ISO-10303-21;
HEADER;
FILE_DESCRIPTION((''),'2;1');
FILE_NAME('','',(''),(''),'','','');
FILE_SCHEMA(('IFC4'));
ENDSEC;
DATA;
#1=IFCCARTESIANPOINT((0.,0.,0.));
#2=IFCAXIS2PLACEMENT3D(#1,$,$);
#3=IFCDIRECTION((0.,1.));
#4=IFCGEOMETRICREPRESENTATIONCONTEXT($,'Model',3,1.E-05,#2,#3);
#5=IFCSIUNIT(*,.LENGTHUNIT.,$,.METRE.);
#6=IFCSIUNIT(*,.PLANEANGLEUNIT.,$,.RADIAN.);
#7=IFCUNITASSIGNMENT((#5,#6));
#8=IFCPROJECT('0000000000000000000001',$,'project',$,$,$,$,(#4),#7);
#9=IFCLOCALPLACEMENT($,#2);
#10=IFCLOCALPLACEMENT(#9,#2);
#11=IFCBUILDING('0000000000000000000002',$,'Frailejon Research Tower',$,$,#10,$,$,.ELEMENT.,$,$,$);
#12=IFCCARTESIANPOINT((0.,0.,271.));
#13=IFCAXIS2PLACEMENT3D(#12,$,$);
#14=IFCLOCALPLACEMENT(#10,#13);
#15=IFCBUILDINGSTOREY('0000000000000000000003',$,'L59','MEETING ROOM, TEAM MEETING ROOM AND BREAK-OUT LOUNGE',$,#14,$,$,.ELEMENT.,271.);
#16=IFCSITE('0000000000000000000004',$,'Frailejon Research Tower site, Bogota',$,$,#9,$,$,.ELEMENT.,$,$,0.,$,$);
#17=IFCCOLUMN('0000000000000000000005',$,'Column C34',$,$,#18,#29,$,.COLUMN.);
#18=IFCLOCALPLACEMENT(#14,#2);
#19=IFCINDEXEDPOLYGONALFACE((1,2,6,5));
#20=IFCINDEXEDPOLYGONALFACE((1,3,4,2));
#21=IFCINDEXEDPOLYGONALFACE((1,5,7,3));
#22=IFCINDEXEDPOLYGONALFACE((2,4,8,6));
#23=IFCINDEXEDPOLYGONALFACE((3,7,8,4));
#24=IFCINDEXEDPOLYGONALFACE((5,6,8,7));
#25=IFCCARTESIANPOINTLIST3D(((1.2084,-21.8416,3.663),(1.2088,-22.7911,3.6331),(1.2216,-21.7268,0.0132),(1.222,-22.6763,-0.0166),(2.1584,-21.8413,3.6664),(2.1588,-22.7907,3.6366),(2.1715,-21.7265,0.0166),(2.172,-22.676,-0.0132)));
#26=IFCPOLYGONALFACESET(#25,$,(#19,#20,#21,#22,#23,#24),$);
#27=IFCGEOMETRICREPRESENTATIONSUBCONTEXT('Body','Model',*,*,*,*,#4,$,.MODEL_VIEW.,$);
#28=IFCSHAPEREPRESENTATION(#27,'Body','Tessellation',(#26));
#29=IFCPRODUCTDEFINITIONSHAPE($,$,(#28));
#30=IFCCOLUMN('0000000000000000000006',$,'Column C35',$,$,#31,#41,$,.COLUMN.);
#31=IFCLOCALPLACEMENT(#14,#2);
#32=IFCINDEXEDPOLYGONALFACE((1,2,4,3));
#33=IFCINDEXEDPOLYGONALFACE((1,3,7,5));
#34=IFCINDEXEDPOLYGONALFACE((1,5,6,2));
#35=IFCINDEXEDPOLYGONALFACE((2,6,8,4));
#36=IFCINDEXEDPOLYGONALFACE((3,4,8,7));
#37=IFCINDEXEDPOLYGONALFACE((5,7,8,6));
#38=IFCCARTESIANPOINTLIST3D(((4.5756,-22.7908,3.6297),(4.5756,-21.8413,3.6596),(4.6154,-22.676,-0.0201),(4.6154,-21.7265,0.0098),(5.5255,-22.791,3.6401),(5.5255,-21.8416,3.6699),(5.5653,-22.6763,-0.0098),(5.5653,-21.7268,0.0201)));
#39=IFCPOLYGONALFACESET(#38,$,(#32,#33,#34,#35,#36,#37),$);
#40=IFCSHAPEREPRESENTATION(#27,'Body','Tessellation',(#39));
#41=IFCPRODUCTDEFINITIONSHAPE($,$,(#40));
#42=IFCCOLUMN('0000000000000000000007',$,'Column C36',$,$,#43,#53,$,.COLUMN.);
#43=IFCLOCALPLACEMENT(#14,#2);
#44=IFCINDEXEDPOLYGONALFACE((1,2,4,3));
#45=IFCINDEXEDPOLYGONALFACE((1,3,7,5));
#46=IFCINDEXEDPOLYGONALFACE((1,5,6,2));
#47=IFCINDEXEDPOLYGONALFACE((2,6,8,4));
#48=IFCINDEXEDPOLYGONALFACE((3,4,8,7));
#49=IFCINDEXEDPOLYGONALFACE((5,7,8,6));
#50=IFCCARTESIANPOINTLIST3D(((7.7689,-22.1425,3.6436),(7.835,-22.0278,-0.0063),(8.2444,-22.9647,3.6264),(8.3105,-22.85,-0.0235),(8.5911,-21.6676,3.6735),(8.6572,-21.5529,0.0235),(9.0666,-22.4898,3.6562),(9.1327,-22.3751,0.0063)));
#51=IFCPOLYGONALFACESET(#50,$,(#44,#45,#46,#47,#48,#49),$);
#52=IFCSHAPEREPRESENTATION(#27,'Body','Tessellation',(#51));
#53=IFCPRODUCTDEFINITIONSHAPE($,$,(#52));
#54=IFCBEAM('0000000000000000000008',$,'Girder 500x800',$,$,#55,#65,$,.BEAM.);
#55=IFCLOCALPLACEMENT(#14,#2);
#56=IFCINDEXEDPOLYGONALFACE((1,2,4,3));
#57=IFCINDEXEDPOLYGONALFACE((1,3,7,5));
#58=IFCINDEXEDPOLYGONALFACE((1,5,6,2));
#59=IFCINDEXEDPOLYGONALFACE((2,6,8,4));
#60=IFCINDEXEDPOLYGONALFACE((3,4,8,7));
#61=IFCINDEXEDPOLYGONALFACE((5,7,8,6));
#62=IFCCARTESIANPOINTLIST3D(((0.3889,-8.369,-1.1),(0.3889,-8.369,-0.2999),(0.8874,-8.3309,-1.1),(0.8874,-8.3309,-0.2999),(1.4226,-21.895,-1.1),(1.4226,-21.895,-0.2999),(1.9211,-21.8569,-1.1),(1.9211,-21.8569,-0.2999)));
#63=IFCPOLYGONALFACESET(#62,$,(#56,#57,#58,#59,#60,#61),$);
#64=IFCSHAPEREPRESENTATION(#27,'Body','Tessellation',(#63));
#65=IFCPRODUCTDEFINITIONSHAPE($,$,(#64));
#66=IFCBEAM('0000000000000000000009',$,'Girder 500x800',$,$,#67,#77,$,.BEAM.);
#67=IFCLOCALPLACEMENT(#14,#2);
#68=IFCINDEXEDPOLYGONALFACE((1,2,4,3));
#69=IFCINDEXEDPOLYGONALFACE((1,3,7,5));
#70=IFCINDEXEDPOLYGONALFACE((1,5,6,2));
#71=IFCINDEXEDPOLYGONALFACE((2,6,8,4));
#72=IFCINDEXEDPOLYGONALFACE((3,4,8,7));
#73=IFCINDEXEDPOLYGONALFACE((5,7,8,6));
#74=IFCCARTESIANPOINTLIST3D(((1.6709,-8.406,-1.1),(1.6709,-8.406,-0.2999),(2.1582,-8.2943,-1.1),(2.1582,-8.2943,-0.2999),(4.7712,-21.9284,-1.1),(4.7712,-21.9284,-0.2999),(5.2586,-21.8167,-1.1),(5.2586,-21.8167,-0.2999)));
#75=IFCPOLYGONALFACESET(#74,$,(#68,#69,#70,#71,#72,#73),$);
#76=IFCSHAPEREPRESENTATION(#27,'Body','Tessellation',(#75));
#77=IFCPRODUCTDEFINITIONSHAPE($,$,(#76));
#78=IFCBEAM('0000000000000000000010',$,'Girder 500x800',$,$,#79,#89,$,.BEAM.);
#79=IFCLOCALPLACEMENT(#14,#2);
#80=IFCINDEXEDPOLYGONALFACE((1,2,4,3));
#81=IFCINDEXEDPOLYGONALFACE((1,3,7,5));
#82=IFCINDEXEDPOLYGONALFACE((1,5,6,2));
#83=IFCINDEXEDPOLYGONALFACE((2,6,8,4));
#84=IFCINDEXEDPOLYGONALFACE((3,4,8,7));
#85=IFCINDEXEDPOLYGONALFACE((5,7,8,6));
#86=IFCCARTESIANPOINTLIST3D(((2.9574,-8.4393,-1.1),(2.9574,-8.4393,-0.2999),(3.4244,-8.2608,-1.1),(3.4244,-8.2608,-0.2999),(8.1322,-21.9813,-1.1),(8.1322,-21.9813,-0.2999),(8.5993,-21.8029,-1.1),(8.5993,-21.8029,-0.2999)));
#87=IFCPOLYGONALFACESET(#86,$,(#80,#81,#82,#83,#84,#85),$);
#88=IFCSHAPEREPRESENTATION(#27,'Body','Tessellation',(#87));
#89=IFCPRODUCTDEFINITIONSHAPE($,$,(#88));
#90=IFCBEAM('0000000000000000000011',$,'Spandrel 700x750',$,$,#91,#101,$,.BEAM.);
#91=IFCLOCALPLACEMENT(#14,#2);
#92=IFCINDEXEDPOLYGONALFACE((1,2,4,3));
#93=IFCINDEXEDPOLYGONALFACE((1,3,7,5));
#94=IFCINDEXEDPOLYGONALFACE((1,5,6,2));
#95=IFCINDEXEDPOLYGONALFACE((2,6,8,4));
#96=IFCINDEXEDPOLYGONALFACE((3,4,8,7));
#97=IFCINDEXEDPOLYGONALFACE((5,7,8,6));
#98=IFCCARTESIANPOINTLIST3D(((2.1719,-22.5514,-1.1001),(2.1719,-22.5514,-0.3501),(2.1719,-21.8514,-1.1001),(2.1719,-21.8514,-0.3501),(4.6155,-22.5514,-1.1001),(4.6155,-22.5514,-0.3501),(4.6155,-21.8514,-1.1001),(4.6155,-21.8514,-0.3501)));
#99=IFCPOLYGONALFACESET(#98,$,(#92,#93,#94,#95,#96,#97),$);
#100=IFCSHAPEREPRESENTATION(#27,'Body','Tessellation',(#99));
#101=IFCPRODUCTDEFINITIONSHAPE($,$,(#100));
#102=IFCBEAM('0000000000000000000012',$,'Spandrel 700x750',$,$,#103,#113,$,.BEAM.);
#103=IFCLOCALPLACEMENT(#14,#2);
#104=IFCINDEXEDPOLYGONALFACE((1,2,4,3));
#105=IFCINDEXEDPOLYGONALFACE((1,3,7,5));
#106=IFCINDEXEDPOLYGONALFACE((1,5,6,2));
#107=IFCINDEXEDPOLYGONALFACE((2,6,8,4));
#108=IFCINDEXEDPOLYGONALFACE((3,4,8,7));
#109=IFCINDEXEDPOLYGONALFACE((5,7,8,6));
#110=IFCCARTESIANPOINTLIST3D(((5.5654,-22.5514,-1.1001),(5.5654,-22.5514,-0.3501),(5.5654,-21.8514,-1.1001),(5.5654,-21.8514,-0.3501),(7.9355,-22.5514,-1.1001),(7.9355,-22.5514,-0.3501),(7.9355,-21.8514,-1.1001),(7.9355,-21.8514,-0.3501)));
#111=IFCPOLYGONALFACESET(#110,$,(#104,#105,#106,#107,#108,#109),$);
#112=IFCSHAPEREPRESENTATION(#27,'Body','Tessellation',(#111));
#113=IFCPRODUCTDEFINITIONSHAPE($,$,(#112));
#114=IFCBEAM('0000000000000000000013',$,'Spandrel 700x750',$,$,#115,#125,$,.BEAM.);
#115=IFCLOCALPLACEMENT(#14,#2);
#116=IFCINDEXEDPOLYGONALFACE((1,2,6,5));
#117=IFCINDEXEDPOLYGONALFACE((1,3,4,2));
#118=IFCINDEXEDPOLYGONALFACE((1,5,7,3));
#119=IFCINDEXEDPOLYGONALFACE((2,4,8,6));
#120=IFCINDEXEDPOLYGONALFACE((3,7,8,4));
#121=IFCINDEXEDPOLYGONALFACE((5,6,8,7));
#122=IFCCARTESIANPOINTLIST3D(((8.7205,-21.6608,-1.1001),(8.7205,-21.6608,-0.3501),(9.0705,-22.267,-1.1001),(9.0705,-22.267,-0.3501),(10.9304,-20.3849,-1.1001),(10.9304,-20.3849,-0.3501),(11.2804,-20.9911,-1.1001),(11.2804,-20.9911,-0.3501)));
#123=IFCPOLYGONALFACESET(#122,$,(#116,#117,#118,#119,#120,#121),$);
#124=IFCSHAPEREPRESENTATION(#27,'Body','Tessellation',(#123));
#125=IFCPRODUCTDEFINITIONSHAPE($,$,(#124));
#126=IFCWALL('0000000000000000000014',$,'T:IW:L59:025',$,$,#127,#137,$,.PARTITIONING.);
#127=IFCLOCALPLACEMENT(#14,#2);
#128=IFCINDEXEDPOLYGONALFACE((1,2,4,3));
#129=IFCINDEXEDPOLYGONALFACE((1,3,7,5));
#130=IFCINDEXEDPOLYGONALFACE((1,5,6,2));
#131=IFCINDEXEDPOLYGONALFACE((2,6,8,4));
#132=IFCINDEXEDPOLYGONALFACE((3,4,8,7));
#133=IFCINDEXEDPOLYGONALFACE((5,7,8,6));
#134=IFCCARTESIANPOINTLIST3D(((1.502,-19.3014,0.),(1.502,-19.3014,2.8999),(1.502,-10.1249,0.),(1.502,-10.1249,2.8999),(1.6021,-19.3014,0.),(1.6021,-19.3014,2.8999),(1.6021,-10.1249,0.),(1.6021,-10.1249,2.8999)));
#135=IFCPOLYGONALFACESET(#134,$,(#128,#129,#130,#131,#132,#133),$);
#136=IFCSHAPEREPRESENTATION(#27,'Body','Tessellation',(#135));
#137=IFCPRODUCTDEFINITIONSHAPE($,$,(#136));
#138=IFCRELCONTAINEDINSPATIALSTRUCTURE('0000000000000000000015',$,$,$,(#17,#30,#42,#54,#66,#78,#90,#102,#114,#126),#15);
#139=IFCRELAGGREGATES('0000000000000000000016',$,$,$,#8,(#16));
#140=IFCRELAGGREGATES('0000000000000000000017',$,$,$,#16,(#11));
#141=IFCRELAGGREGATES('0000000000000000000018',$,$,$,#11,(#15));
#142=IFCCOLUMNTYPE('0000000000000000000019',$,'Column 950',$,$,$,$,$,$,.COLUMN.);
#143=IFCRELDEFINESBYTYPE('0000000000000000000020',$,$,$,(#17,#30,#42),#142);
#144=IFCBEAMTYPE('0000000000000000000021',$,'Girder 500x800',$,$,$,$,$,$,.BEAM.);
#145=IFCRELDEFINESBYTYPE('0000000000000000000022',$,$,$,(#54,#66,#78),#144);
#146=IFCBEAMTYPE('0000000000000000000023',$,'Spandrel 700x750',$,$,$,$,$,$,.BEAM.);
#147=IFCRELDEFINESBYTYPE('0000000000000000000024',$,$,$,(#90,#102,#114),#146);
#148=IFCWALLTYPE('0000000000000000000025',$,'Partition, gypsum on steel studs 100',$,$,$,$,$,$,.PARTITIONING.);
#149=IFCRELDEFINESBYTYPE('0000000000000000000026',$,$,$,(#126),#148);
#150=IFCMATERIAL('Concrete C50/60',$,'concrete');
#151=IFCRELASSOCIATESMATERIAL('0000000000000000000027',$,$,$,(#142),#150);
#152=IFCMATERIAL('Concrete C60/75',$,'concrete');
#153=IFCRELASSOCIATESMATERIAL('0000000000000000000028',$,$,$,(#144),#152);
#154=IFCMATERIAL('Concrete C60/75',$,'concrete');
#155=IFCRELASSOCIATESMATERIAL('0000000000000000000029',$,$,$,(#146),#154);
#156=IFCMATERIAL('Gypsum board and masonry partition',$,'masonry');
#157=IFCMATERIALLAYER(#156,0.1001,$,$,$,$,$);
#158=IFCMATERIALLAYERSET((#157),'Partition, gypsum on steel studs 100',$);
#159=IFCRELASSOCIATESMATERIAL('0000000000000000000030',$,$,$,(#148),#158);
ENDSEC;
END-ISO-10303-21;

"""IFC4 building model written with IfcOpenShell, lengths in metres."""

from ifc_helpers import new_model, si_unit, direction, frame, frame_2d, origin, origin_2d, place, context, subcontext, project, spatial, rectangle, extrude, material, layer, layer_set, material_profile, profile_set, type_object, element, save


model = new_model("IFC4")

# Units and contexts
model_context = context("Model", 3, precision=1e-05, world=origin(), true_north=direction((0.0, 1.0)))
body_context = subcontext(model_context, "Body", "Model", "MODEL_VIEW")
ifc_project = project(units=[si_unit("LENGTHUNIT", "METRE"), si_unit("PLANEANGLEUNIT", "RADIAN")], contexts=[model_context])

# Site, building, storey
site_placement = place(None, origin())
site = spatial("IfcSite", under=ifc_project, at=site_placement, Name="Frailejon Research Tower site, Bogota", CompositionType="ELEMENT", RefElevation=0.0)
building_placement = place(site_placement, origin())
building = spatial("IfcBuilding", under=site, at=building_placement, Name="Frailejon Research Tower", CompositionType="ELEMENT")
storey_placement = place(building_placement, frame((0.0, 0.0, 271.0)))
storey = spatial("IfcBuildingStorey", under=building, at=storey_placement, Name="L59", Description="MEETING ROOM, TEAM MEETING ROOM AND BREAK-OUT LOUNGE", CompositionType="ELEMENT", Elevation=271.0)

# Columns
ifc_material_1 = material(Name="Concrete C50/60", Category="concrete")
ifc_material_profile_1 = material_profile(ifc_material_1, rectangle(XDim=0.95, YDim=0.95, at=origin_2d()), Name="Column 950")
ifc_profile_set_1 = profile_set([ifc_material_profile_1], Name="Concrete C50/60")
column_type = type_object("IfcColumnType", Name="Column 950", PredefinedType="COLUMN", material=ifc_profile_set_1)
column_1_placement = place(storey_placement, frame((1.6968, -22.2014, 0.0), z_axis=(-0.00361, -0.031422, 0.9995), x_axis=(0.999993, 0.000341, 0.003623)))
element("IfcColumn", 1, at=column_1_placement, inside=storey, type_object=column_type, Name="Column C34", PredefinedType="COLUMN", context=body_context, shape_type="SweptSolid", body=[
    extrude(rectangle(XDim=0.95, YDim=0.95, at=origin_2d()), origin(), (0.0, 0.0, 1.0), 3.6516),
])
column_2_placement = place(storey_placement, frame((5.0903, -22.2014, 0.0), z_axis=(-0.010897, -0.031421, 0.999447), x_axis=(0.999941, -0.000298, 0.010893)))
element("IfcColumn", 2, at=column_2_placement, inside=storey, type_object=column_type, Name="Column C35", PredefinedType="COLUMN", context=body_context, shape_type="SweptSolid", body=[
    extrude(rectangle(XDim=0.95, YDim=0.95, at=origin_2d()), origin(), (0.0, 0.0, 1.0), 3.6519),
])
column_3_placement = place(storey_placement, frame((8.4839, -22.2014, 0.0), z_axis=(-0.018115, -0.031417, 0.999342), x_axis=(0.86552, 0.499889, 0.031405)))
element("IfcColumn", 3, at=column_3_placement, inside=storey, type_object=column_type, Name="Column C36", PredefinedType="COLUMN", context=body_context, shape_type="SweptSolid", body=[
    extrude(rectangle(XDim=0.95, YDim=0.95, at=origin_2d()), origin(), (0.0, 0.0, 1.0), 3.6523),
])

# Beams
ifc_material_2 = material(Name="Concrete C60/75", Category="concrete")
ifc_material_profile_2 = material_profile(ifc_material_2, rectangle(XDim=0.5, YDim=0.8, at=origin_2d()), Name="Girder 500x800")
ifc_profile_set_2 = profile_set([ifc_material_profile_2], Name="Concrete C60/75")
beam_type_1 = type_object("IfcBeamType", Name="Girder 500x800", PredefinedType="BEAM", material=ifc_profile_set_2)
beam_1_placement = place(storey_placement, frame((1.6719, -21.876, -0.7), z_axis=(-0.076201, 0.997092, 0.0), x_axis=(-0.997092, -0.076201, 0.0)))
element("IfcBeam", 4, at=beam_1_placement, inside=storey, type_object=beam_type_1, Name="Girder 500x800", PredefinedType="BEAM", context=body_context, shape_type="SweptSolid", body=[
    extrude(rectangle(XDim=0.5, YDim=0.8, at=origin_2d()), origin(), (0.0, 0.0, 1.0), 13.5654),
])
beam_2_placement = place(storey_placement, frame((5.0149, -21.8726, -0.7), z_axis=(-0.223475, 0.97471, 0.0), x_axis=(-0.97471, -0.223475, 0.0)))
element("IfcBeam", 5, at=beam_2_placement, inside=storey, type_object=beam_type_1, Name="Girder 500x800", PredefinedType="BEAM", context=body_context, shape_type="SweptSolid", body=[
    extrude(rectangle(XDim=0.5, YDim=0.8, at=origin_2d()), origin(), (0.0, 0.0, 1.0), 13.8733),
])
beam_3_placement = place(storey_placement, frame((8.3657, -21.8921, -0.7), z_axis=(-0.356956, 0.934121, 0.0), x_axis=(-0.934121, -0.356956, 0.0)))
element("IfcBeam", 6, at=beam_3_placement, inside=storey, type_object=beam_type_1, Name="Girder 500x800", PredefinedType="BEAM", context=body_context, shape_type="SweptSolid", body=[
    extrude(rectangle(XDim=0.5, YDim=0.8, at=origin_2d()), origin(), (0.0, 0.0, 1.0), 14.4971),
])
ifc_material_3 = material(Name="Concrete C60/75", Category="concrete")
ifc_material_profile_3 = material_profile(ifc_material_3, rectangle(XDim=0.7, YDim=0.75, at=origin_2d()), Name="Spandrel 700x750")
ifc_profile_set_3 = profile_set([ifc_material_profile_3], Name="Concrete C60/75")
beam_type_2 = type_object("IfcBeamType", Name="Spandrel 700x750", PredefinedType="BEAM", material=ifc_profile_set_3)
beam_4_placement = place(storey_placement, frame((2.1719, -22.2014, -0.7251), z_axis=(1.0, 0.0, 0.0), x_axis=(0.0, 1.0, 0.0)))
element("IfcBeam", 7, at=beam_4_placement, inside=storey, type_object=beam_type_2, Name="Spandrel 700x750", PredefinedType="BEAM", context=body_context, shape_type="SweptSolid", body=[
    extrude(rectangle(XDim=0.7, YDim=0.75, at=origin_2d()), origin(), (0.0, 0.0, 1.0), 2.4436),
])
beam_5_placement = place(storey_placement, frame((5.5654, -22.2014, -0.7251), z_axis=(1.0, 0.0, 0.0), x_axis=(0.0, 1.0, 0.0)))
element("IfcBeam", 8, at=beam_5_placement, inside=storey, type_object=beam_type_2, Name="Spandrel 700x750", PredefinedType="BEAM", context=body_context, shape_type="SweptSolid", body=[
    extrude(rectangle(XDim=0.7, YDim=0.75, at=origin_2d()), origin(), (0.0, 0.0, 1.0), 2.3701),
])
beam_6_placement = place(storey_placement, frame((8.8955, -21.9639, -0.7251), z_axis=(0.866033, 0.499987, 0.0), x_axis=(-0.499987, 0.866033, 0.0)))
element("IfcBeam", 9, at=beam_6_placement, inside=storey, type_object=beam_type_2, Name="Spandrel 700x750", PredefinedType="BEAM", context=body_context, shape_type="SweptSolid", body=[
    extrude(rectangle(XDim=0.7, YDim=0.75, at=origin_2d()), origin(), (0.0, 0.0, 1.0), 2.5518),
])

# Wall
ifc_material_4 = material(Name="Gypsum board and masonry partition", Category="masonry")
ifc_layer_1 = layer(ifc_material_4, 0.1001)
ifc_layer_set_1 = layer_set([ifc_layer_1], Name="Partition, gypsum on steel studs 100")
wall_type_1 = type_object("IfcWallType", Name="Partition, gypsum on steel studs 100", PredefinedType="PARTITIONING", material=ifc_layer_set_1)
wall_1_placement = place(storey_placement, frame((1.552, -19.3015, 0.0), z_axis=(0.0, 0.0, 1.0), x_axis=(0.0, 1.0, 0.0)))
element("IfcWall", 10, at=wall_1_placement, inside=storey, type_object=wall_type_1, Name="T:IW:L59:025", PredefinedType="PARTITIONING", context=body_context, shape_type="SweptSolid", body=[
    extrude(rectangle(XDim=9.1765, YDim=0.1001, at=frame_2d((4.5884, 0.0))), origin(), (0.0, 0.0, 1.0), 2.8999),
])

save(model, "model.ifc")
